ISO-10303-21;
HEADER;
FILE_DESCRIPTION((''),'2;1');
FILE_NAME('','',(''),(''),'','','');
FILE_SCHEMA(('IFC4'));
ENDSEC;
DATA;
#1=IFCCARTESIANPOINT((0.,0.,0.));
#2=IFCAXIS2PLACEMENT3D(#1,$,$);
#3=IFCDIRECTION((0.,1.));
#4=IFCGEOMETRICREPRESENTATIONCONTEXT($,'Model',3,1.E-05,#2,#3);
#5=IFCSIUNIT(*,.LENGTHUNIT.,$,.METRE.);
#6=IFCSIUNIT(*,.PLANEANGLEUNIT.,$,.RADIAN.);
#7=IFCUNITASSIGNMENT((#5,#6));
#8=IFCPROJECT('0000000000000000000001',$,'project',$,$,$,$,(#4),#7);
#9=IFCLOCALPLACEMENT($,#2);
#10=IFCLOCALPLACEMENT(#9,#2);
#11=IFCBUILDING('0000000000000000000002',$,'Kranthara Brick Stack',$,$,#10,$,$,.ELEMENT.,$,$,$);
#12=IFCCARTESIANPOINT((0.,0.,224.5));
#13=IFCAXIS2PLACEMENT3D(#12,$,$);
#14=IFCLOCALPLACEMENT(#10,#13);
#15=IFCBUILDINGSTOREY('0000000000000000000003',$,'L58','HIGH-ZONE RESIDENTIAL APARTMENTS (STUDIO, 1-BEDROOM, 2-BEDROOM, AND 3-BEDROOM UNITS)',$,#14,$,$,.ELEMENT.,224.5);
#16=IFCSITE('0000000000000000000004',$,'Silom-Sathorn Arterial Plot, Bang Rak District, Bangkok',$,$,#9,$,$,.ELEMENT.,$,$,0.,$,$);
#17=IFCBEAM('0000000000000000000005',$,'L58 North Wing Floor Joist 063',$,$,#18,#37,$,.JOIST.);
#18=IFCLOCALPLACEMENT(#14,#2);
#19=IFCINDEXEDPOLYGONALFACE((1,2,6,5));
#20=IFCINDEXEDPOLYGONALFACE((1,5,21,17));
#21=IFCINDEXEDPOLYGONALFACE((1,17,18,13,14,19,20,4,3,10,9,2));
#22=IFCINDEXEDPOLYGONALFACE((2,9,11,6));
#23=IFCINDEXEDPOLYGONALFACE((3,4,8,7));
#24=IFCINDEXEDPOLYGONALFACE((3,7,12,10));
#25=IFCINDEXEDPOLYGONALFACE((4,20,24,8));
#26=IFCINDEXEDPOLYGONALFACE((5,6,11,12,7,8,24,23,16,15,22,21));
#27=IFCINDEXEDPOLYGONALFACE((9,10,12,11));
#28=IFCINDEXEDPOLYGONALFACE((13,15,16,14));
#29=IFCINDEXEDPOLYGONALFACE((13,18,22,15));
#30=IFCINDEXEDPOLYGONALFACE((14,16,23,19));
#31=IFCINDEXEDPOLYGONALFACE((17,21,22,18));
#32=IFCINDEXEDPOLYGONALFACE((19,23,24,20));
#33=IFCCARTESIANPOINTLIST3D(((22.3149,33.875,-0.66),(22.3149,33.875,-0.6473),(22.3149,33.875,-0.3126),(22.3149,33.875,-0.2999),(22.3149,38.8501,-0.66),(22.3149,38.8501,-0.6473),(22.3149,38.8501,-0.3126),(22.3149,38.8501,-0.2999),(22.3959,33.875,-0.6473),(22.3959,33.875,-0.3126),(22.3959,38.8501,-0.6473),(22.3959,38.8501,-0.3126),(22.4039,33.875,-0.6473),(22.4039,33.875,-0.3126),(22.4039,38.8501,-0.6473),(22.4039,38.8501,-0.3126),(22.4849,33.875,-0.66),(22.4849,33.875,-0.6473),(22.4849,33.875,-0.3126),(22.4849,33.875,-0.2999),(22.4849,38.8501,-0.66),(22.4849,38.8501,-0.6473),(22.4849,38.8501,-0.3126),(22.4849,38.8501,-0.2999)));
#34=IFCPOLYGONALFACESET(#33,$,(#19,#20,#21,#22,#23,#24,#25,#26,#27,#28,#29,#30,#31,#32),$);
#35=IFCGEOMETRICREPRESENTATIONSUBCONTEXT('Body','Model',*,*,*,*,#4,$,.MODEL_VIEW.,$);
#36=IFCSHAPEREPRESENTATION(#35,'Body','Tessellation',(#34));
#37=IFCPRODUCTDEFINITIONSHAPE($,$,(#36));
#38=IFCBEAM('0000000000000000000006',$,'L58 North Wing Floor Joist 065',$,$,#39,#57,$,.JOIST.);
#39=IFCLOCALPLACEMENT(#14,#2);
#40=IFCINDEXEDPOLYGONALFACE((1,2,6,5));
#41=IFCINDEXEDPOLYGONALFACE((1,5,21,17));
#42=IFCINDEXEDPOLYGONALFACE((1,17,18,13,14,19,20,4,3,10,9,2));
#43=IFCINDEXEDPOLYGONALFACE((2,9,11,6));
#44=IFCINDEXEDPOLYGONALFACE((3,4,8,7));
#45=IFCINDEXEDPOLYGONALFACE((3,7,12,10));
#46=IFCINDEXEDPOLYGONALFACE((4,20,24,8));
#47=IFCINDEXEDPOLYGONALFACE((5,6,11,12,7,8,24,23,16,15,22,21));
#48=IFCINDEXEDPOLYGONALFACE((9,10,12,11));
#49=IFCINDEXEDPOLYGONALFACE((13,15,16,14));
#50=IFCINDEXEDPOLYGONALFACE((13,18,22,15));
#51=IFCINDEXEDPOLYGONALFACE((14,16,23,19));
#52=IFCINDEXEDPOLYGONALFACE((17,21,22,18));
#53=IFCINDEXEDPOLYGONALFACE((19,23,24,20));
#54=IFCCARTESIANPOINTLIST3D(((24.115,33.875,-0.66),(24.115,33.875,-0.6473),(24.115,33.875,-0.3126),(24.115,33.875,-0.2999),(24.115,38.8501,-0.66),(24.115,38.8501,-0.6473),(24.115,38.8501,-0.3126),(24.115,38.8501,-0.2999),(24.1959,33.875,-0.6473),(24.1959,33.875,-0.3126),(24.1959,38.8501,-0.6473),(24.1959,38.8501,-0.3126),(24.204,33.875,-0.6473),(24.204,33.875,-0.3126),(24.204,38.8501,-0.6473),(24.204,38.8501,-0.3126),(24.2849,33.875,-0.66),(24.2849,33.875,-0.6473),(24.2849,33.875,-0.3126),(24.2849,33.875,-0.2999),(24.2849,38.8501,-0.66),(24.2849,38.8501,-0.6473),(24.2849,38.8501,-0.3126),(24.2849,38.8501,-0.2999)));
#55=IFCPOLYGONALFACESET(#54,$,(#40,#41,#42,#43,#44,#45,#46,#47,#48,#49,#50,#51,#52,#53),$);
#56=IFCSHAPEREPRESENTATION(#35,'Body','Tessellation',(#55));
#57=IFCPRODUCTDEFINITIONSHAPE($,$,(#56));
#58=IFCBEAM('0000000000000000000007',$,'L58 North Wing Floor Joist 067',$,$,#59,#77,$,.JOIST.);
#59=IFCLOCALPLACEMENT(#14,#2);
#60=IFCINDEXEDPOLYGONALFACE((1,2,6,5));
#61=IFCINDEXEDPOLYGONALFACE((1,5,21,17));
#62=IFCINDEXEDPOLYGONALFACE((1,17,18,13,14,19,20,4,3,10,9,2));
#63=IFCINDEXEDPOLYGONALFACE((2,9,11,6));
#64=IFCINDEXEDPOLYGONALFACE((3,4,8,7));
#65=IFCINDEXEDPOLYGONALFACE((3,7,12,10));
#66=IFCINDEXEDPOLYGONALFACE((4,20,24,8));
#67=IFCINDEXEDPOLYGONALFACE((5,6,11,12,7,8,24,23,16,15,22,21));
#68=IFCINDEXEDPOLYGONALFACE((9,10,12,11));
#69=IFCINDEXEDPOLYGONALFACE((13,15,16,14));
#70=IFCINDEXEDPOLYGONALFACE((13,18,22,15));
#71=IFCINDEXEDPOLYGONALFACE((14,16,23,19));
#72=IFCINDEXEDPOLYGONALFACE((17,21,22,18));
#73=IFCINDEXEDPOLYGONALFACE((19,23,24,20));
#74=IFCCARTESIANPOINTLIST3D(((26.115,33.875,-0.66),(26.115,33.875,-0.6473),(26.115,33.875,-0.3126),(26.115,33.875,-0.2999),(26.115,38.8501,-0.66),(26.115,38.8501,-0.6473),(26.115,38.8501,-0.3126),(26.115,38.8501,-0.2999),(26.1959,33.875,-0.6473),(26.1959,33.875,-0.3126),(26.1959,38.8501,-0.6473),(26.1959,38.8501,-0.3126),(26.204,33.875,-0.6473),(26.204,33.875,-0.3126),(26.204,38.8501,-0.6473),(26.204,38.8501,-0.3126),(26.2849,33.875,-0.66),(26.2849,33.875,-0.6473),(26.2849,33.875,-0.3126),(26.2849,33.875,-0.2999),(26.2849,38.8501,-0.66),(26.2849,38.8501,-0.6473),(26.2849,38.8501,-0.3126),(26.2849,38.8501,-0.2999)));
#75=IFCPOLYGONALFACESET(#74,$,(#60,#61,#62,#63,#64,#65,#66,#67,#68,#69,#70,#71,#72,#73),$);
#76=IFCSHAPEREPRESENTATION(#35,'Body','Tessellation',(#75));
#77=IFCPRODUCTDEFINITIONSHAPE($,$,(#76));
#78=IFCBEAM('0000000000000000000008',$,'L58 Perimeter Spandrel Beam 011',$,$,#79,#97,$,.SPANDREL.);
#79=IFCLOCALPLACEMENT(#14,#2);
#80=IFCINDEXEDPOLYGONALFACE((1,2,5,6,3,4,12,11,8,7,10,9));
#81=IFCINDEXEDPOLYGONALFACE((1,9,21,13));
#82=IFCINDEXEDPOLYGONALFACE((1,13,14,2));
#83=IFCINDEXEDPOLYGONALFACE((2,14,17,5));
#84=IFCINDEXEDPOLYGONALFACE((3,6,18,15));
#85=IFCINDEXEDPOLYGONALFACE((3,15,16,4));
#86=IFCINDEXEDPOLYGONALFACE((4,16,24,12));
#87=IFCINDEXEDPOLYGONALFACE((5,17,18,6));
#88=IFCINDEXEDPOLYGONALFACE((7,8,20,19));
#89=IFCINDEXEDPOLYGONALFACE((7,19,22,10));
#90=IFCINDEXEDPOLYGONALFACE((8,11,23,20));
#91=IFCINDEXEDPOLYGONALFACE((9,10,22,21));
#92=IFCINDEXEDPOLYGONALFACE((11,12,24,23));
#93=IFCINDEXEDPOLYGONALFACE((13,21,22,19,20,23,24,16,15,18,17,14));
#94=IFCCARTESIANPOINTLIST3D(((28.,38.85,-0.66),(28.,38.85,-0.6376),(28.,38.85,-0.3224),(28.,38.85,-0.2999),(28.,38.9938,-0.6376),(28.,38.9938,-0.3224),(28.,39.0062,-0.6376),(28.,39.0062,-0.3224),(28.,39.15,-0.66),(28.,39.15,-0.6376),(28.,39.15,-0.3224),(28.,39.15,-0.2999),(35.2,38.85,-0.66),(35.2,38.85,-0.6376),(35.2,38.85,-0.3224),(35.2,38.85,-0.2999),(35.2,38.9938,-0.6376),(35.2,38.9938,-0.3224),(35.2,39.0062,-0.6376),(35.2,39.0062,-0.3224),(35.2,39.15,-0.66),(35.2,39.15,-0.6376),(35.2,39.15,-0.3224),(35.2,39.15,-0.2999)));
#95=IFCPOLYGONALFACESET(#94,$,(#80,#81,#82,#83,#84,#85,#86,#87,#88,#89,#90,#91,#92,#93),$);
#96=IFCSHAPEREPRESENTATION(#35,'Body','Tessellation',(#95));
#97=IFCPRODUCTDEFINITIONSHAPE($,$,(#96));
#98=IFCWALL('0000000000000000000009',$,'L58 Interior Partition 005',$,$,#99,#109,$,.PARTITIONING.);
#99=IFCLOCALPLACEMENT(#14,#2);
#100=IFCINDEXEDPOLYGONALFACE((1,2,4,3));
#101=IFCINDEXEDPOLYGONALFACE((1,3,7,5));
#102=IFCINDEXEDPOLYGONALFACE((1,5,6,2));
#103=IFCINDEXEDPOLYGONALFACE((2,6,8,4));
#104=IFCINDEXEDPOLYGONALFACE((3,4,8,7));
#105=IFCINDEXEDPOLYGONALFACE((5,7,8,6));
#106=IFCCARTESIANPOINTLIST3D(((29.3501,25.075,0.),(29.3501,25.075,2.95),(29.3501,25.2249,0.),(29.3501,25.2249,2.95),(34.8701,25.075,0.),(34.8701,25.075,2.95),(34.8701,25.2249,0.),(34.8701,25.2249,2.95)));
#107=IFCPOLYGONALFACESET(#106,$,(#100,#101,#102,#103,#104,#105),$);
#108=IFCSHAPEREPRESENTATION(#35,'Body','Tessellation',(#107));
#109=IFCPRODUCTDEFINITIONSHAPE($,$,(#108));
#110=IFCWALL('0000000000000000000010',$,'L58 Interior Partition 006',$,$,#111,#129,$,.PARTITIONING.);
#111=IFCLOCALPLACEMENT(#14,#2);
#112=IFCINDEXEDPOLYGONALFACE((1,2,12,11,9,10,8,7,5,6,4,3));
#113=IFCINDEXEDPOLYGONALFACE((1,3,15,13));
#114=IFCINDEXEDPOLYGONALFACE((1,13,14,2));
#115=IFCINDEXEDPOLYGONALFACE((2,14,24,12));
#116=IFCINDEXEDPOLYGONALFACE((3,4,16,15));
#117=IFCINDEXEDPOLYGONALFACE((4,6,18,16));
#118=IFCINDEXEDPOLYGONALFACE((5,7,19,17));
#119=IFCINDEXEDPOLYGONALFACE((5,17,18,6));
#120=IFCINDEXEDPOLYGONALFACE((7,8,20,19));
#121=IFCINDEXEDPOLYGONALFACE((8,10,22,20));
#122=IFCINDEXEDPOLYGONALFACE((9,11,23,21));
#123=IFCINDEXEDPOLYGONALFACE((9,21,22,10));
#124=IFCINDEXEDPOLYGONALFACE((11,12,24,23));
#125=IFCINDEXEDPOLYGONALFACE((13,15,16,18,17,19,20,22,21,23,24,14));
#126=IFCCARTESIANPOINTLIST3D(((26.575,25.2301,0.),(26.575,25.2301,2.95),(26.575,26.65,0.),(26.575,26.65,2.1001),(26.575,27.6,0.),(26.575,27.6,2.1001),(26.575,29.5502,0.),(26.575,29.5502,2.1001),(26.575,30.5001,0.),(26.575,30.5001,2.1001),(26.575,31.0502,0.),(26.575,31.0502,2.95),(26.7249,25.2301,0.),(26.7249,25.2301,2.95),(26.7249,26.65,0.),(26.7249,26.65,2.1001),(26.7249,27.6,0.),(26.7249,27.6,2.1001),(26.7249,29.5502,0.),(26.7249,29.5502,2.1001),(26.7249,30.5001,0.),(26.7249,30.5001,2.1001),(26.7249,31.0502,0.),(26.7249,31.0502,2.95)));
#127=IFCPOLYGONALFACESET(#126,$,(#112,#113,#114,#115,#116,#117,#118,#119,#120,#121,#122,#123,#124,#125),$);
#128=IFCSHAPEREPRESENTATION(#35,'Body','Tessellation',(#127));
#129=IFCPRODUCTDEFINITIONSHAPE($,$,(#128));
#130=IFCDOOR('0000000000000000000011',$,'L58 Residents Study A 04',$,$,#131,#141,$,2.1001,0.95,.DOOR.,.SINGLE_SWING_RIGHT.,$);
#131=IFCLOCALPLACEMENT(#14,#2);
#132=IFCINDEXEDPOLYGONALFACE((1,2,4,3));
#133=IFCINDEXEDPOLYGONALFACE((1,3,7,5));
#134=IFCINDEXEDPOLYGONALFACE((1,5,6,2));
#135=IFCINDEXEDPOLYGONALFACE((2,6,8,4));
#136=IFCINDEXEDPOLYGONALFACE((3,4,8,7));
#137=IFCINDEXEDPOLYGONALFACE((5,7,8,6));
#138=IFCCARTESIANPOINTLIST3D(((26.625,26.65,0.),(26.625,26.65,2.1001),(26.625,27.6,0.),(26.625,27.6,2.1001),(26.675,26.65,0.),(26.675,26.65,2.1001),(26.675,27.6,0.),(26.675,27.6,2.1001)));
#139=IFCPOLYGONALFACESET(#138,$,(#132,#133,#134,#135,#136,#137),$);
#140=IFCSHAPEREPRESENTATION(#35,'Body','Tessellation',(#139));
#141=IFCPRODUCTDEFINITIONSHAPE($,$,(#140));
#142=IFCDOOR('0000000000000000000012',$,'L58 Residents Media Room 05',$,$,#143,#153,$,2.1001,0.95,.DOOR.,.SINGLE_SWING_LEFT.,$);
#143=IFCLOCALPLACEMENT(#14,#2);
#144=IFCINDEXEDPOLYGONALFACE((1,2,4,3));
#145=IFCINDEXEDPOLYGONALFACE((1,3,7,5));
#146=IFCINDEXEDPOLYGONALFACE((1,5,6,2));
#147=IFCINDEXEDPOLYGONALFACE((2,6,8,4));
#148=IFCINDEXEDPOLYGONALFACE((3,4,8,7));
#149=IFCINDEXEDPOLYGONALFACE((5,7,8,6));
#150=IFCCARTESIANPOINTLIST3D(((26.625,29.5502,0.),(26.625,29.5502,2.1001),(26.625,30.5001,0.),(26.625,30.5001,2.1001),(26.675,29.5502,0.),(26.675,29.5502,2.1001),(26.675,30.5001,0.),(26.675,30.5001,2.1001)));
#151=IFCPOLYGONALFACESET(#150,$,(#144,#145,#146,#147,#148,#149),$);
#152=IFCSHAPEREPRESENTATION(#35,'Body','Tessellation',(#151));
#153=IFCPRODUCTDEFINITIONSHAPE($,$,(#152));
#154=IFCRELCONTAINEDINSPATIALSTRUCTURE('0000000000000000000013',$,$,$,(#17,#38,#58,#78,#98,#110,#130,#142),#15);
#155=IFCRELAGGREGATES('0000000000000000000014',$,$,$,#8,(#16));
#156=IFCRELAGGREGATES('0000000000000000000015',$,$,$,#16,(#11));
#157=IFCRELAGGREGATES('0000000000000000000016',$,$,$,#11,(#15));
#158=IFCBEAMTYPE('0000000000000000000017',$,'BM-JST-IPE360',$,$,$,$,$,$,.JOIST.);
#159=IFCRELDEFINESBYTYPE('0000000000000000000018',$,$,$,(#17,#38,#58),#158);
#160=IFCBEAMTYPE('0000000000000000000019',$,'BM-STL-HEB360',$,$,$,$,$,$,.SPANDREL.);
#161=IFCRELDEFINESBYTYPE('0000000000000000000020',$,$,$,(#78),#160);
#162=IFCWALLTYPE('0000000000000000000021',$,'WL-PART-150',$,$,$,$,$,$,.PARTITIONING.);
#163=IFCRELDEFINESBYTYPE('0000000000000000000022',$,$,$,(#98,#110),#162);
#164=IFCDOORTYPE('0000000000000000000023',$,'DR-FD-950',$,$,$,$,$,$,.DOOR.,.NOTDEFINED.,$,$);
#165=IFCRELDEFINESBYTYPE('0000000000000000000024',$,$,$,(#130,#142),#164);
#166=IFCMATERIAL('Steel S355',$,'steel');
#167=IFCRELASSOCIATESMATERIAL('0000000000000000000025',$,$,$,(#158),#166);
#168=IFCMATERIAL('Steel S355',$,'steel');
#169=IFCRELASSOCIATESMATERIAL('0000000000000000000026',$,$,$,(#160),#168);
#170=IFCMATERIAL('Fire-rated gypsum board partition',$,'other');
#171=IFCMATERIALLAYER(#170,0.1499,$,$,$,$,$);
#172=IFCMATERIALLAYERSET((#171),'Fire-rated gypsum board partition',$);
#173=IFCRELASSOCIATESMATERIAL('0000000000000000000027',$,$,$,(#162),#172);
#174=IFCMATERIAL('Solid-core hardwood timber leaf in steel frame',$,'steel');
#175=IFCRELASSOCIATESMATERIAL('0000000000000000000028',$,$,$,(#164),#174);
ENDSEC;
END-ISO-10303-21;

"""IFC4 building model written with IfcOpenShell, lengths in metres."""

from ifc_helpers import new_model, si_unit, direction, frame, frame_2d, origin, origin_2d, place, context, subcontext, project, spatial, rectangle, i_section, extrude, material, layer, layer_set, material_profile, profile_set, type_object, element, fill, save


model = new_model("IFC4")

# Units and contexts
model_context = context("Model", 3, precision=1e-05, world=origin(), true_north=direction((0.0, 1.0)))
body_context = subcontext(model_context, "Body", "Model", "MODEL_VIEW")
ifc_project = project(units=[si_unit("LENGTHUNIT", "METRE"), si_unit("PLANEANGLEUNIT", "RADIAN")], contexts=[model_context])

# Site, building, storey
site_placement = place(None, origin())
site = spatial("IfcSite", under=ifc_project, at=site_placement, Name="Silom-Sathorn Arterial Plot, Bang Rak District, Bangkok", CompositionType="ELEMENT", RefElevation=0.0)
building_placement = place(site_placement, origin())
building = spatial("IfcBuilding", under=site, at=building_placement, Name="Kranthara Brick Stack", CompositionType="ELEMENT")
storey_placement = place(building_placement, frame((0.0, 0.0, 224.5)))
storey = spatial("IfcBuildingStorey", under=building, at=storey_placement, Name="L58", Description="HIGH-ZONE RESIDENTIAL APARTMENTS (STUDIO, 1-BEDROOM, 2-BEDROOM, AND 3-BEDROOM UNITS)", CompositionType="ELEMENT", Elevation=224.5)

# Beams
ifc_material_1 = material(Name="Steel S355", Category="steel")
ifc_material_profile_1 = material_profile(ifc_material_1, i_section(OverallWidth=0.1699, OverallDepth=0.3601, WebThickness=0.0081, FlangeThickness=0.0127, at=origin_2d()), Name="IPE 360")
ifc_profile_set_1 = profile_set([ifc_material_profile_1], Name="Steel S355")
beam_type_1 = type_object("IfcBeamType", Name="BM-JST-IPE360", PredefinedType="JOIST", material=ifc_profile_set_1)
for number, where, z_axis, x_axis, name in (
    (1, (22.3999, 33.875, -0.48), (0.0, 1.0, 0.0), (-1.0, 0.0, 0.0), "L58 North Wing Floor Joist 063"),
    (2, (24.2, 33.875, -0.48), (0.0, 1.0, 0.0), (-1.0, 0.0, 0.0), "L58 North Wing Floor Joist 065"),
    (3, (26.2, 33.875, -0.48), (0.0, 1.0, 0.0), (-1.0, 0.0, 0.0), "L58 North Wing Floor Joist 067"),
):
    element("IfcBeam", number, at=place(storey_placement, frame(where, z_axis=z_axis, x_axis=x_axis)), inside=storey, type_object=beam_type_1, Name=name, PredefinedType="JOIST", context=body_context, shape_type="SweptSolid", body=[
        extrude(i_section(OverallWidth=0.1699, OverallDepth=0.3601, WebThickness=0.0081, FlangeThickness=0.0127, at=origin_2d()), origin(), (0.0, 0.0, 1.0), 4.9751),
    ])
ifc_material_2 = material(Name="Steel S355", Category="steel")
ifc_material_profile_2 = material_profile(ifc_material_2, i_section(OverallWidth=0.3, OverallDepth=0.3601, WebThickness=0.0125, FlangeThickness=0.0225, at=origin_2d()), Name="HEB 360")
ifc_profile_set_2 = profile_set([ifc_material_profile_2], Name="Steel S355")
beam_type_2 = type_object("IfcBeamType", Name="BM-STL-HEB360", PredefinedType="SPANDREL", material=ifc_profile_set_2)
beam_1_placement = place(storey_placement, frame((28.0, 39.0, -0.48), z_axis=(1.0, 0.0, 0.0), x_axis=(0.0, 1.0, 0.0)))
element("IfcBeam", 4, at=beam_1_placement, inside=storey, type_object=beam_type_2, Name="L58 Perimeter Spandrel Beam 011", PredefinedType="SPANDREL", context=body_context, shape_type="SweptSolid", body=[
    extrude(i_section(OverallWidth=0.3, OverallDepth=0.3601, WebThickness=0.0125, FlangeThickness=0.0225, at=origin_2d()), origin(), (0.0, 0.0, 1.0), 7.2),
])

# Wall
ifc_material_3 = material(Name="Fire-rated gypsum board partition", Category="other")
ifc_layer = layer(ifc_material_3, 0.1499)
ifc_layer_set = layer_set([ifc_layer], Name="Fire-rated gypsum board partition")
wall_type = type_object("IfcWallType", Name="WL-PART-150", PredefinedType="PARTITIONING", material=ifc_layer_set)
wall_1_placement = place(storey_placement, frame((29.3501, 25.1499, 0.0), z_axis=(0.0, 0.0, 1.0), x_axis=(1.0, 0.0, 0.0)))
element("IfcWall", 5, at=wall_1_placement, inside=storey, type_object=wall_type, Name="L58 Interior Partition 005", PredefinedType="PARTITIONING", context=body_context, shape_type="SweptSolid", body=[
    extrude(rectangle(XDim=5.52, YDim=0.1499, at=frame_2d((2.76, 0.0))), origin(), (0.0, 0.0, 1.0), 2.95),
])

# Wall, openings, doors
wall_2_placement = place(storey_placement, frame((26.6499, 25.23, 0.0), z_axis=(0.0, 0.0, 1.0), x_axis=(0.0, 1.0, 0.0)))
wall_2 = element("IfcWall", 6, at=wall_2_placement, inside=storey, type_object=wall_type, Name="L58 Interior Partition 006", PredefinedType="PARTITIONING", context=body_context, shape_type="SweptSolid", body=[
    extrude(rectangle(XDim=5.8201, YDim=0.1499, at=frame_2d((2.9102, 0.0))), origin(), (0.0, 0.0, 1.0), 2.95),
])
opening_1_placement = place(wall_2_placement, frame((1.4199, 0.0, 0.0)))
opening_1 = element("IfcOpeningElement", 7, at=opening_1_placement, cuts=wall_2, PredefinedType="OPENING", context=body_context, shape_type="SweptSolid", body=[
    extrude(rectangle(XDim=0.95, YDim=2.1001, at=frame_2d((0.4751, 1.05))), frame((0.0, 0.085, 0.0), z_axis=(0.0, -1.0, 0.0), x_axis=(1.0, 0.0, 0.0)), (0.0, 0.0, 1.0), 0.1699),
])
opening_2_placement = place(wall_2_placement, frame((4.3201, 0.0, 0.0)))
opening_2 = element("IfcOpeningElement", 8, at=opening_2_placement, cuts=wall_2, PredefinedType="OPENING", context=body_context, shape_type="SweptSolid", body=[
    extrude(rectangle(XDim=0.95, YDim=2.1001, at=frame_2d((0.4751, 1.05))), frame((0.0, 0.085, 0.0), z_axis=(0.0, -1.0, 0.0), x_axis=(1.0, 0.0, 0.0)), (0.0, 0.0, 1.0), 0.1699),
])
ifc_material_4 = material(Name="Solid-core hardwood timber leaf in steel frame", Category="steel")
door_type = type_object("IfcDoorType", Name="DR-FD-950", OperationType="NOTDEFINED", PredefinedType="DOOR", material=ifc_material_4)
door_1_placement = place(opening_1_placement, origin())
door_1 = element("IfcDoor", 9, at=door_1_placement, inside=storey, type_object=door_type, Name="L58 Residents Study A 04", OperationType="SINGLE_SWING_RIGHT", OverallHeight=2.1001, OverallWidth=0.95, PredefinedType="DOOR", context=body_context, shape_type="SweptSolid", body=[
    extrude(rectangle(XDim=0.95, YDim=2.1001, at=frame_2d((0.4751, 1.05))), frame((0.0, 0.0249, 0.0), z_axis=(0.0, -1.0, 0.0), x_axis=(1.0, 0.0, 0.0)), (0.0, 0.0, 1.0), 0.05),
])
fill(opening_1, door_1)
door_2_placement = place(opening_2_placement, origin())
door_2 = element("IfcDoor", 10, at=door_2_placement, inside=storey, type_object=door_type, Name="L58 Residents Media Room 05", OperationType="SINGLE_SWING_LEFT", OverallHeight=2.1001, OverallWidth=0.95, PredefinedType="DOOR", context=body_context, shape_type="SweptSolid", body=[
    extrude(rectangle(XDim=0.95, YDim=2.1001, at=frame_2d((0.4751, 1.05))), frame((0.0, 0.0249, 0.0), z_axis=(0.0, -1.0, 0.0), x_axis=(1.0, 0.0, 0.0)), (0.0, 0.0, 1.0), 0.05),
])
fill(opening_2, door_2)

save(model, "model.ifc")
